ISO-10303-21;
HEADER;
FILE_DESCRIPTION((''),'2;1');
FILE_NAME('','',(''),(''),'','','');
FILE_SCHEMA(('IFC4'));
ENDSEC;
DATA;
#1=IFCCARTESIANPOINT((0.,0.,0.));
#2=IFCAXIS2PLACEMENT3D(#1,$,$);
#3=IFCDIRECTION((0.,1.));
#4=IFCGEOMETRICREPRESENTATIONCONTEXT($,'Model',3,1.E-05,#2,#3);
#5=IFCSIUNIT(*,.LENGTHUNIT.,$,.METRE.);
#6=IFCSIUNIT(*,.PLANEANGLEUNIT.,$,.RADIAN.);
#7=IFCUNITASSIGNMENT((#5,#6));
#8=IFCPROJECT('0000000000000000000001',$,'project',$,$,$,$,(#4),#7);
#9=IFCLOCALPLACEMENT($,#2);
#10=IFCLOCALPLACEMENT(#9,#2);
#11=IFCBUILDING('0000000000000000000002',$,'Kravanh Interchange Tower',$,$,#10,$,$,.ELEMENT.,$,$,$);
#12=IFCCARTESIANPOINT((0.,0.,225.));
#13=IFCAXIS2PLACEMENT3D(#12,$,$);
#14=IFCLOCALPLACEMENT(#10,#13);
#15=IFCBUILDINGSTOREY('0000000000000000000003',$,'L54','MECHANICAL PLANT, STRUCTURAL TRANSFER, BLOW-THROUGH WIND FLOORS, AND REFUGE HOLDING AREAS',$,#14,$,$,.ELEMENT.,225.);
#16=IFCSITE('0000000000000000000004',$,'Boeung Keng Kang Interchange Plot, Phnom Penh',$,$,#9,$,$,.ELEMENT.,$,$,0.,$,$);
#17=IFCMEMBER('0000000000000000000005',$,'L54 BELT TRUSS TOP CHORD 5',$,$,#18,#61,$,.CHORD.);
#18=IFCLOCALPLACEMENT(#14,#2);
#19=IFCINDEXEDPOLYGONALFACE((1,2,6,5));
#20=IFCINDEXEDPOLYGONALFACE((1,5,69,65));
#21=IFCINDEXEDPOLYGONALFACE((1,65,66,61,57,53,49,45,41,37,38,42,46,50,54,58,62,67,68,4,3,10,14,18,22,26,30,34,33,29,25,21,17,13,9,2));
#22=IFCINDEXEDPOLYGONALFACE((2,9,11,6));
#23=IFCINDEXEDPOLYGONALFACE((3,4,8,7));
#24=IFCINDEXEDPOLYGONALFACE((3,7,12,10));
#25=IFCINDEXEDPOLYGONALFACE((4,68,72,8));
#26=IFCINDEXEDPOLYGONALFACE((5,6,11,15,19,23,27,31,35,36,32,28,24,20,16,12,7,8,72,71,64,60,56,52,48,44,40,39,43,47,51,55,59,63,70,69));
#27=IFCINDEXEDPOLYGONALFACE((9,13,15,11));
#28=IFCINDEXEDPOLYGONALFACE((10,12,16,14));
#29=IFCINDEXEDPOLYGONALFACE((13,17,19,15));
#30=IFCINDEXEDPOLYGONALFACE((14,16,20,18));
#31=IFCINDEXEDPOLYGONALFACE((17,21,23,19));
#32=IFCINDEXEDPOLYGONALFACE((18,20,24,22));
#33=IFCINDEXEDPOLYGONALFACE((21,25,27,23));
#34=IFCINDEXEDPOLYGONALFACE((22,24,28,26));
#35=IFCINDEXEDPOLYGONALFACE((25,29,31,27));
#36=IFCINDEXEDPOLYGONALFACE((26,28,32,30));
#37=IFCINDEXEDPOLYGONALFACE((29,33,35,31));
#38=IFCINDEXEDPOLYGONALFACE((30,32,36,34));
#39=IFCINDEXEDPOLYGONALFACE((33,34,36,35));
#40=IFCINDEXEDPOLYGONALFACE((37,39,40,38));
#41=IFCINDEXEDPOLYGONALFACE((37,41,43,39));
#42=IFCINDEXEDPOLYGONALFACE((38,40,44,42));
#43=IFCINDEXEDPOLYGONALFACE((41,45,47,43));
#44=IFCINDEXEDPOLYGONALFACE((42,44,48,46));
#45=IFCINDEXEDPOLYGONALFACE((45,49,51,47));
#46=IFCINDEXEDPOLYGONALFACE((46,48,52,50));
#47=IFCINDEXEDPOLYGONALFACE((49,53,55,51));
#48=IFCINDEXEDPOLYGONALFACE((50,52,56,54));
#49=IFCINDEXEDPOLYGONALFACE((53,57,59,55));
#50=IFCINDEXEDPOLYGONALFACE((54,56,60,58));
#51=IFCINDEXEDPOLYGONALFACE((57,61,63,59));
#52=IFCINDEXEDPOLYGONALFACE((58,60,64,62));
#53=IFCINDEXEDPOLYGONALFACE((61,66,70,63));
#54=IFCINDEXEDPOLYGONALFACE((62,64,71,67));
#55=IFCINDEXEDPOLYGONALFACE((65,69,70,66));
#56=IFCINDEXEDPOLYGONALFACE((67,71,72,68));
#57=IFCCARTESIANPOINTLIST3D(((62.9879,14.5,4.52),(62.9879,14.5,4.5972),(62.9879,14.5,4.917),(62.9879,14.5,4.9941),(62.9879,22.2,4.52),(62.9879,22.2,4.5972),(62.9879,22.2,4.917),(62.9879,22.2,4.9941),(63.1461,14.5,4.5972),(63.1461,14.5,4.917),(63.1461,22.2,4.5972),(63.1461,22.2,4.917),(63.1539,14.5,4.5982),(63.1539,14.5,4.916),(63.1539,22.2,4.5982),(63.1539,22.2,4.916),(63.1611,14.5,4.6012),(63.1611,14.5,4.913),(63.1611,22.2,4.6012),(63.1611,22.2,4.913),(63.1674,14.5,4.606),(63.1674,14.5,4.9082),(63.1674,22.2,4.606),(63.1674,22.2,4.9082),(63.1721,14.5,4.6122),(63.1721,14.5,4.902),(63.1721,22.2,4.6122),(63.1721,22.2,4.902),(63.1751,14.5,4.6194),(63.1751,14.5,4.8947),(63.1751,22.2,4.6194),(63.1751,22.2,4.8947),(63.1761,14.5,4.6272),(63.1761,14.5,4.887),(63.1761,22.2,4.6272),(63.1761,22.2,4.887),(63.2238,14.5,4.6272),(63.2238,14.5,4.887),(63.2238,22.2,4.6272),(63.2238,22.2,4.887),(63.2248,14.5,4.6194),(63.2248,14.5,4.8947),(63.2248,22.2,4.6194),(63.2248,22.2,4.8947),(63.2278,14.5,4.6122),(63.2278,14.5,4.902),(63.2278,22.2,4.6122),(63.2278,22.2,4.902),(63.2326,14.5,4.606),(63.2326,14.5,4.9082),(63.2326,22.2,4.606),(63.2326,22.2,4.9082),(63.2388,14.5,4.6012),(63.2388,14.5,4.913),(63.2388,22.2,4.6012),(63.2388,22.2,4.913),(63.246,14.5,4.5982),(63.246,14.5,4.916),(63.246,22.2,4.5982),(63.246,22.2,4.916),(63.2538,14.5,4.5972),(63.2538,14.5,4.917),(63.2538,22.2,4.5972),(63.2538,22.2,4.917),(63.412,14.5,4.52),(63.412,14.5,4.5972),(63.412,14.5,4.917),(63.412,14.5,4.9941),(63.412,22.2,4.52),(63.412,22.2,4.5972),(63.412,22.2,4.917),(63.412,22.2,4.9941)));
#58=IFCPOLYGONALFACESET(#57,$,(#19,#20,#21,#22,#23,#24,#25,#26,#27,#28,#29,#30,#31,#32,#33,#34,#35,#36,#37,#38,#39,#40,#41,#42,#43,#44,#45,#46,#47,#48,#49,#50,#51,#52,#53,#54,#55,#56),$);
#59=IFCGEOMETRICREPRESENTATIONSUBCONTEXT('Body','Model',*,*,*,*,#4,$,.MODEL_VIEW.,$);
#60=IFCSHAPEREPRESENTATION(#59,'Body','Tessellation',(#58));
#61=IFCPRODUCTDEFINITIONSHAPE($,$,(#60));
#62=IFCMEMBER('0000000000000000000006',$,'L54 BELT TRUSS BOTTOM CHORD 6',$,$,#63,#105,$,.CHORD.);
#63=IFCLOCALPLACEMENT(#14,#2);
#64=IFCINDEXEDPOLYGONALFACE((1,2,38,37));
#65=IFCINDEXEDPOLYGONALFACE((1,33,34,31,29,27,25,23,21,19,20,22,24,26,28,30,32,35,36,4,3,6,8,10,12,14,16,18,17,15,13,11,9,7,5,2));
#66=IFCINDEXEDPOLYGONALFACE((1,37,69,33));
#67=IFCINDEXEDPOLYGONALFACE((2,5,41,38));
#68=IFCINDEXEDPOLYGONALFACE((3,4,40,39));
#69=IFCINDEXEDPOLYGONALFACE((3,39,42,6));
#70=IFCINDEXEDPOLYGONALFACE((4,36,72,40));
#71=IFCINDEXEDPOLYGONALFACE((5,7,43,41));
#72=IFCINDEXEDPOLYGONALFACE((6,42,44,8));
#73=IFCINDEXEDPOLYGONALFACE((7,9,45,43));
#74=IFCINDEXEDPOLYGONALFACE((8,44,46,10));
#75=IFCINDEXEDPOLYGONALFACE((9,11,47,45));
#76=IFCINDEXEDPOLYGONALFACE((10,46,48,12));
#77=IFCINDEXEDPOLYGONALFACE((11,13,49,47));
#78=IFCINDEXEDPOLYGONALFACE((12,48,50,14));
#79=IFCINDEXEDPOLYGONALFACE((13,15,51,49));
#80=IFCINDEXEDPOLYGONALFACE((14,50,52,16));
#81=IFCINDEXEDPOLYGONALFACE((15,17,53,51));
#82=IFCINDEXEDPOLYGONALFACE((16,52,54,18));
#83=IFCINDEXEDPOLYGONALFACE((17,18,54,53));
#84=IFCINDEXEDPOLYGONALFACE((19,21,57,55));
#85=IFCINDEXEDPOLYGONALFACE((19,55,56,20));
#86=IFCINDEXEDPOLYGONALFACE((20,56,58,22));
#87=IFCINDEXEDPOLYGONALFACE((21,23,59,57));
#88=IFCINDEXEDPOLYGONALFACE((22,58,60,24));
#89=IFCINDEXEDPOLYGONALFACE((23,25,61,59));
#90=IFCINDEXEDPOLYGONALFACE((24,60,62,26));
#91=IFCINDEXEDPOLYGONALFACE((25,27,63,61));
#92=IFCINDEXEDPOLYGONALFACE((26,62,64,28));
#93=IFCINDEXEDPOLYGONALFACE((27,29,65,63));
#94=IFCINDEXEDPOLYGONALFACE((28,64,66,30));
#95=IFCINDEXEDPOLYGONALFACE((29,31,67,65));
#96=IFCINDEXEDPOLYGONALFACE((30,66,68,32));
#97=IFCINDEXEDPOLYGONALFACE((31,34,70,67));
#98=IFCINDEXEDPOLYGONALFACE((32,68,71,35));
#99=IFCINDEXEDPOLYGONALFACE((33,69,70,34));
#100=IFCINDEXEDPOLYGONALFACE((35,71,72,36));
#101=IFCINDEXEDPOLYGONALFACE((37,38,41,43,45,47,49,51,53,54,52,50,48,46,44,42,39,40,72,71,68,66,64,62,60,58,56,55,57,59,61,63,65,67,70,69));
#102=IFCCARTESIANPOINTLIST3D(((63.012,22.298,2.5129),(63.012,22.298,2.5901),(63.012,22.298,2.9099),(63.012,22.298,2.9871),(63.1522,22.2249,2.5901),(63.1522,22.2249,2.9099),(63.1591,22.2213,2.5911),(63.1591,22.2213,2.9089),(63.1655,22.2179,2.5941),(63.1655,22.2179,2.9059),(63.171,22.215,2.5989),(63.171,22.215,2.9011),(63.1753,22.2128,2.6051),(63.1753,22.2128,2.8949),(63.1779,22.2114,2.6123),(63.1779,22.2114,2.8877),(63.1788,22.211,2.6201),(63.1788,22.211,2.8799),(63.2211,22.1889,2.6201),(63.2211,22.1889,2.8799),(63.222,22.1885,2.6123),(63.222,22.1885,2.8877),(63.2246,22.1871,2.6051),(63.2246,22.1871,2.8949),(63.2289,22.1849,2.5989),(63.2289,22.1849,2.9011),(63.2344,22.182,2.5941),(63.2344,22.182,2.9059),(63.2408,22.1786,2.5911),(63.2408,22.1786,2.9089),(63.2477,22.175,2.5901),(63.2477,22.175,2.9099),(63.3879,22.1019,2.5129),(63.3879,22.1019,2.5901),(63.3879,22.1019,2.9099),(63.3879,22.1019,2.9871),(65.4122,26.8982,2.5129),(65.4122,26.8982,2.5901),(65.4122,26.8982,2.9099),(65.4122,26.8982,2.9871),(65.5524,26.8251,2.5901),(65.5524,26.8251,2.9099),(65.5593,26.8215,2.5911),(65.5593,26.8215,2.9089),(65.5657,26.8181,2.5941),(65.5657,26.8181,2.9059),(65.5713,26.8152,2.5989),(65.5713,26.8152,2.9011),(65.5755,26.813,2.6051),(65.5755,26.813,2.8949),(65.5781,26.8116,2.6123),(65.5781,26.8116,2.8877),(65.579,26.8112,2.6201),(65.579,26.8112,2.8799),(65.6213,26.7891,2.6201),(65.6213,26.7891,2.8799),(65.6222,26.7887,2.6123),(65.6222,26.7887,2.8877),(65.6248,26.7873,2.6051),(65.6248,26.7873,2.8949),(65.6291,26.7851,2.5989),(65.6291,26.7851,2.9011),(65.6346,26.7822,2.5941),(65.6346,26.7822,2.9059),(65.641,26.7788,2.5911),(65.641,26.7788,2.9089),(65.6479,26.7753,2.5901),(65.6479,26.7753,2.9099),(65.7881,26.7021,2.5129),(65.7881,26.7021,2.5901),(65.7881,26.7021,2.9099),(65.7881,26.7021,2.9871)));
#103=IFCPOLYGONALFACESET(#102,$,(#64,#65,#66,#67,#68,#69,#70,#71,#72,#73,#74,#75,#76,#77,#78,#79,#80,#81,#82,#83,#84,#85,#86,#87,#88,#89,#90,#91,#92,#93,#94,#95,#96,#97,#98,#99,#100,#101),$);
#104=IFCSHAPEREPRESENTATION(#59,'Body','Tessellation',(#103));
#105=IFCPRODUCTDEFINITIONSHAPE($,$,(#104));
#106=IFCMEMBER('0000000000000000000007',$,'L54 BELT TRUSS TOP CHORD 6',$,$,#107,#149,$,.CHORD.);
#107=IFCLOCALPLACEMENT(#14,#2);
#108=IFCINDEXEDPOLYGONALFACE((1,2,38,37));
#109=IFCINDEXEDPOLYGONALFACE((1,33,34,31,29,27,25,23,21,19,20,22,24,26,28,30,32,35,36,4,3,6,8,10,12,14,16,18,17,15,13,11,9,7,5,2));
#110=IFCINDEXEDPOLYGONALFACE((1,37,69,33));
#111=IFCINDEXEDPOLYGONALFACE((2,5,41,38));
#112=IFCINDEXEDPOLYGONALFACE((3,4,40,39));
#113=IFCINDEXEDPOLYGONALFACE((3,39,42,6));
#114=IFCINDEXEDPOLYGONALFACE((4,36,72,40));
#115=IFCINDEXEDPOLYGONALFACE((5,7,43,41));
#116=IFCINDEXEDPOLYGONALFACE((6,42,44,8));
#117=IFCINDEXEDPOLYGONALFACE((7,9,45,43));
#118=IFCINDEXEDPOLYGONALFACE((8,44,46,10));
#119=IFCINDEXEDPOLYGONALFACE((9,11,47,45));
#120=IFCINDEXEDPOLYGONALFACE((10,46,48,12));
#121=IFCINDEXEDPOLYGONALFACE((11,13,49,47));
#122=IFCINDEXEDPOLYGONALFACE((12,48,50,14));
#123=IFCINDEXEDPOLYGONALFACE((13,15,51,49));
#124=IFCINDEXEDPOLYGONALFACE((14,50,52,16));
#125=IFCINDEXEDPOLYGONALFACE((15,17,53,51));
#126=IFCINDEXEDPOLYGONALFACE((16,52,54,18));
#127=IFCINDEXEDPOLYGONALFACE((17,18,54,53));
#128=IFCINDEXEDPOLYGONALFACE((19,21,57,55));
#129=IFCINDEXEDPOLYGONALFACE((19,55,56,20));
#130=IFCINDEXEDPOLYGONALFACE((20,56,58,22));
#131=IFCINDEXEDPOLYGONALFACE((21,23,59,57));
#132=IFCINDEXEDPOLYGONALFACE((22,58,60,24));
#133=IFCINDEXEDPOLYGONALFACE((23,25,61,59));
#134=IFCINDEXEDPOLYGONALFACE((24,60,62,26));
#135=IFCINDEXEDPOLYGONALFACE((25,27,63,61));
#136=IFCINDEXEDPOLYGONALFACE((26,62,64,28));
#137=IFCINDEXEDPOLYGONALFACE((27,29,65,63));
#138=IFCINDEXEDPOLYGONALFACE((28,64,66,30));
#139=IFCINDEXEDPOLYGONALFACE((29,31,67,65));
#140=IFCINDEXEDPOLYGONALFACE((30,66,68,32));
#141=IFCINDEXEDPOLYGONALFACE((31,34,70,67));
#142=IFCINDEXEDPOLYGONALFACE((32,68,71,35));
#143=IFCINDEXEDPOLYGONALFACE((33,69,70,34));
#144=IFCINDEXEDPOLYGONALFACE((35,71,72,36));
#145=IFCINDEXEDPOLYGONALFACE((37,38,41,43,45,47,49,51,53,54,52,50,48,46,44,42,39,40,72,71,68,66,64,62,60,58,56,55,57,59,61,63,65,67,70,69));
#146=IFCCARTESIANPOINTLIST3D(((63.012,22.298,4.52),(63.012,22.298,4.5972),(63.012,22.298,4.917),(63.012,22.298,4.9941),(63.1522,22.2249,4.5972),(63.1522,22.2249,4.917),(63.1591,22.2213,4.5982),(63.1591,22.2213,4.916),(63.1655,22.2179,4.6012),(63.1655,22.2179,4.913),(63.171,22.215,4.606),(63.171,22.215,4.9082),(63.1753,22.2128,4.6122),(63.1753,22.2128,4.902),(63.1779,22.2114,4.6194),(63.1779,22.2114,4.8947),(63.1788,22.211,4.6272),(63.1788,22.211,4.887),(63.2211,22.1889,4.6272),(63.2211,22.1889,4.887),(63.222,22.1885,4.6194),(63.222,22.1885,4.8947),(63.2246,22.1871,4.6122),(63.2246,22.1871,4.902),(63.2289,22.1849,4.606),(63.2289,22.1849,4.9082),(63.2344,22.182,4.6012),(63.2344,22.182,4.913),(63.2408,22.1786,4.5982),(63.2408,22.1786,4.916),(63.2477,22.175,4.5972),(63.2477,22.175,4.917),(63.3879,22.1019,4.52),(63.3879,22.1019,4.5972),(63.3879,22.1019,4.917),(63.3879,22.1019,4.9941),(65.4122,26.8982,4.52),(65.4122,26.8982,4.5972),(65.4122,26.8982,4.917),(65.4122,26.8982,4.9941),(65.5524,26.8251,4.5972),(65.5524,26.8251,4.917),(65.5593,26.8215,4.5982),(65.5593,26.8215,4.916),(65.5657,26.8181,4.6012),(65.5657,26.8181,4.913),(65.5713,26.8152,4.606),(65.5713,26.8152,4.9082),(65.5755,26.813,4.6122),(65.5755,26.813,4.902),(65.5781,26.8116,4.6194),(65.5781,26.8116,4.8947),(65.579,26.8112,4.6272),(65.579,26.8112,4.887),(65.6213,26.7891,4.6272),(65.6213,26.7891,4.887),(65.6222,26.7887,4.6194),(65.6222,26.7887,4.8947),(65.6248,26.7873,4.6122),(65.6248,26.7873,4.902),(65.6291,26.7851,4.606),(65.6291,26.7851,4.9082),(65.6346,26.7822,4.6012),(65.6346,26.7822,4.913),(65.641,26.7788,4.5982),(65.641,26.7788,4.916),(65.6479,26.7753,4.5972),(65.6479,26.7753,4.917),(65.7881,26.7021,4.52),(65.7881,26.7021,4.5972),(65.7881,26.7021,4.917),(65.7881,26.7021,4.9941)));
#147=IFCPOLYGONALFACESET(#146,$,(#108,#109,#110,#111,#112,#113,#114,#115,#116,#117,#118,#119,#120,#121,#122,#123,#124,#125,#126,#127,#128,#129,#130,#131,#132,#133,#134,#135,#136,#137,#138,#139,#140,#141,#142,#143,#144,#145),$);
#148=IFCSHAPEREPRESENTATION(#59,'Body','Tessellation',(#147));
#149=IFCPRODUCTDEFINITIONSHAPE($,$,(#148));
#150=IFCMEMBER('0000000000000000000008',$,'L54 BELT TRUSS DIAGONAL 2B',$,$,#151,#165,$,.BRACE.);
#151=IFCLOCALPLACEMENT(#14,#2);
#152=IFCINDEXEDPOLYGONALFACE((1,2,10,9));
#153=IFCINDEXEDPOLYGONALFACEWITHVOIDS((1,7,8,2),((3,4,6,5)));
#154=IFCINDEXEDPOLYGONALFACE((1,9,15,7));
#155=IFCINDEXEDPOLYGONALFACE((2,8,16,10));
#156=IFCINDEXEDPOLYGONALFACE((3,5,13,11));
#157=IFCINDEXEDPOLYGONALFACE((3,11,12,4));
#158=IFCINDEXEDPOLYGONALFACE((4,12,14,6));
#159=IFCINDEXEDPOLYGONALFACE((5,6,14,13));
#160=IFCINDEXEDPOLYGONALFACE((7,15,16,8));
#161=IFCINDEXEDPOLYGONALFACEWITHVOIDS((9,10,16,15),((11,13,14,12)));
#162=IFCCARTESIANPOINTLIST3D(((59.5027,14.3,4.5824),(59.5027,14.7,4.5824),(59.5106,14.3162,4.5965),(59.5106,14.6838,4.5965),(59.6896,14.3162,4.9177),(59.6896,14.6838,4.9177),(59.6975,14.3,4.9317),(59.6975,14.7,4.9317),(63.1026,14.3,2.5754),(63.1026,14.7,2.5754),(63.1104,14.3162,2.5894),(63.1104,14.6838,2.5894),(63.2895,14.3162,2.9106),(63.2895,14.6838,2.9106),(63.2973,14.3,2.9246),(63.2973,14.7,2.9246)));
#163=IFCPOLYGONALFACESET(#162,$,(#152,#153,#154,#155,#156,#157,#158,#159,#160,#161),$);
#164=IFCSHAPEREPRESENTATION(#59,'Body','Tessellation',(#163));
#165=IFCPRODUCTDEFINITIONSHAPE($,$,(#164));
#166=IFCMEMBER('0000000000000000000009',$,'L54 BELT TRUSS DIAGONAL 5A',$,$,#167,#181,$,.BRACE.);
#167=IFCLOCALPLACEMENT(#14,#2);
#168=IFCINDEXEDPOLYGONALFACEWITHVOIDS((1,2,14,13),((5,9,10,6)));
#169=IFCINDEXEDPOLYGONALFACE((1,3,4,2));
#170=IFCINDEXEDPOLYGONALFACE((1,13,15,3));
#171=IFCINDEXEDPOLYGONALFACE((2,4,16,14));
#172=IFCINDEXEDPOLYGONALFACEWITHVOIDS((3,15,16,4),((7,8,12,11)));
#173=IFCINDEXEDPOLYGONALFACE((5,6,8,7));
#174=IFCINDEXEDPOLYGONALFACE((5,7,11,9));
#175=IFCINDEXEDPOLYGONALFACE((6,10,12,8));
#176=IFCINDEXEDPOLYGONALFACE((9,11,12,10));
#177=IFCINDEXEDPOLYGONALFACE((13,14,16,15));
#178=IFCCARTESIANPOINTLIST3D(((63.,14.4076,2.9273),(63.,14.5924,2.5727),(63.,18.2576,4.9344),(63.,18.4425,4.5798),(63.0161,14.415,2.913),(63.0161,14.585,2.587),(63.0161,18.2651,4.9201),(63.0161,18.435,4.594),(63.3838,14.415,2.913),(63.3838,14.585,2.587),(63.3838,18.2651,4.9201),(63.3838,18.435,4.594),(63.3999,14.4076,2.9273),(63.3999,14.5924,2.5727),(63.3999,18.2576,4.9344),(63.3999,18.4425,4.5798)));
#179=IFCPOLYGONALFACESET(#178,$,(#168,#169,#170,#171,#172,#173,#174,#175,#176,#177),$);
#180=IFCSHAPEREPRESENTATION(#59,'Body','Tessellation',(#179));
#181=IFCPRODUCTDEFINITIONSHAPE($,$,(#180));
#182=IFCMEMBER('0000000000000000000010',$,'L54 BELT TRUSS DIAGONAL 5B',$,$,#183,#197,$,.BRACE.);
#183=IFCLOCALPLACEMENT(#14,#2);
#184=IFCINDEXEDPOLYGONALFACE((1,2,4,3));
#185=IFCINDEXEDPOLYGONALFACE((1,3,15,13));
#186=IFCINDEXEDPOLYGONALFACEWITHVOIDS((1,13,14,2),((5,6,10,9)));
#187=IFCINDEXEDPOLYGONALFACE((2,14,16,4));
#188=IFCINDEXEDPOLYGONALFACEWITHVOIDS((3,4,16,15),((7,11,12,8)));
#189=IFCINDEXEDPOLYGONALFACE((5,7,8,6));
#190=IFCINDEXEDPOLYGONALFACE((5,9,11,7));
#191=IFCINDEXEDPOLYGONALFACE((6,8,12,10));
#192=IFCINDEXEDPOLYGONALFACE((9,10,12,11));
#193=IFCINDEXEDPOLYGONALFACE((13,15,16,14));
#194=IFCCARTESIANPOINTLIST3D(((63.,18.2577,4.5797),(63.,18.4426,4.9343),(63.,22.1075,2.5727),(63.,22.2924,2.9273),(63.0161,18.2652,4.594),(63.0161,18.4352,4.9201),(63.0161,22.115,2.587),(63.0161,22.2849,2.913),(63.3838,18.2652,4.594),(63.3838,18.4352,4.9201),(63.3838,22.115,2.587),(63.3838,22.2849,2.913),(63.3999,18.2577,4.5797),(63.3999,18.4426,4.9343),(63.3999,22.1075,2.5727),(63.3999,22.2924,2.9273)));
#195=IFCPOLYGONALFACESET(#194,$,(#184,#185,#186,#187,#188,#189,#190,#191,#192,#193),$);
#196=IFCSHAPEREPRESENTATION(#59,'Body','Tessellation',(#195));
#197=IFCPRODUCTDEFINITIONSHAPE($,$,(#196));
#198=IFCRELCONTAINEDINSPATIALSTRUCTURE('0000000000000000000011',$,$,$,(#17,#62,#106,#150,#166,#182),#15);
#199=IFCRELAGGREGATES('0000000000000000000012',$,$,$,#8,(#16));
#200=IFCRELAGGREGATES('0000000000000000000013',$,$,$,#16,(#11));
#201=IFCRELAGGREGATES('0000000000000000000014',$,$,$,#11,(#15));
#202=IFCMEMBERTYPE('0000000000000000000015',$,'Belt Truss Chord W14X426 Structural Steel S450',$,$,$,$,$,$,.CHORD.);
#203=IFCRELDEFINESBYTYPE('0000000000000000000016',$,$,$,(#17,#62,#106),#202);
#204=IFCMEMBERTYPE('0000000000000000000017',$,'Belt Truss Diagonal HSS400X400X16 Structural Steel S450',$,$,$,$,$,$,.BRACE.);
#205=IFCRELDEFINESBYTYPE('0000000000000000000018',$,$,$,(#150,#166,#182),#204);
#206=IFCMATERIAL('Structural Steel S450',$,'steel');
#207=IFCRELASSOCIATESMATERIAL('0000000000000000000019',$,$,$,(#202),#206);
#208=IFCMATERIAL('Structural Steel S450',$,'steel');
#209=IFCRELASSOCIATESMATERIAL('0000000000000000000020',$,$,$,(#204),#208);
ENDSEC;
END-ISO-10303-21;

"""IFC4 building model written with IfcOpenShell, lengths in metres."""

from ifc_helpers import new_model, si_unit, direction, frame, origin, origin_2d, place, context, subcontext, project, spatial, hollow_rectangle, i_section, extrude, material, material_profile, profile_set, type_object, element, save


model = new_model("IFC4")

# Units and contexts
model_context = context("Model", 3, precision=1e-05, world=origin(), true_north=direction((0.0, 1.0)))
body_context = subcontext(model_context, "Body", "Model", "MODEL_VIEW")
ifc_project = project(units=[si_unit("LENGTHUNIT", "METRE"), si_unit("PLANEANGLEUNIT", "RADIAN")], contexts=[model_context])

# Site, building, storey
site_placement = place(None, origin())
site = spatial("IfcSite", under=ifc_project, at=site_placement, Name="Boeung Keng Kang Interchange Plot, Phnom Penh", CompositionType="ELEMENT", RefElevation=0.0)
building_placement = place(site_placement, origin())
building = spatial("IfcBuilding", under=site, at=building_placement, Name="Kravanh Interchange Tower", CompositionType="ELEMENT")
storey_placement = place(building_placement, frame((0.0, 0.0, 225.0)))
storey = spatial("IfcBuildingStorey", under=building, at=storey_placement, Name="L54", Description="MECHANICAL PLANT, STRUCTURAL TRANSFER, BLOW-THROUGH WIND FLOORS, AND REFUGE HOLDING AREAS", CompositionType="ELEMENT", Elevation=225.0)

# Members
ifc_material_1 = material(Name="Structural Steel S450", Category="steel")
ifc_material_profile_1 = material_profile(ifc_material_1, i_section(OverallWidth=0.4241, OverallDepth=0.4741, WebThickness=0.0476, FlangeThickness=0.0771, FilletRadius=0.03, at=origin_2d()), Name="W14X426")
ifc_profile_set_1 = profile_set([ifc_material_profile_1], Name="Structural Steel S450")
member_type_1 = type_object("IfcMemberType", Name="Belt Truss Chord W14X426 Structural Steel S450", PredefinedType="CHORD", material=ifc_profile_set_1)
for number, where, z_axis, x_axis, name in (
    (1, (63.2, 14.5, 4.7571), (0.0, 1.0, 0.0), (-1.0, 0.0, 0.0), "L54 BELT TRUSS TOP CHORD 5"),
):
    element("IfcMember", number, at=place(storey_placement, frame(where, z_axis=z_axis, x_axis=x_axis)), inside=storey, type_object=member_type_1, Name=name, PredefinedType="CHORD", context=body_context, shape_type="SweptSolid", body=[
        extrude(i_section(OverallWidth=0.4241, OverallDepth=0.4741, WebThickness=0.0476, FlangeThickness=0.0771, FilletRadius=0.03, at=origin_2d()), origin(), (0.0, 0.0, 1.0), 7.7),
    ])
for number, where, z_axis, x_axis, name in (
    (2, (63.2, 22.2, 2.75), (0.46258, 0.886577, 0.0), (-0.886577, 0.46258, 0.0), "L54 BELT TRUSS BOTTOM CHORD 6"),
    (3, (63.2, 22.2, 4.7571), (0.46258, 0.886577, 0.0), (-0.886577, 0.46258, 0.0), "L54 BELT TRUSS TOP CHORD 6"),
):
    element("IfcMember", number, at=place(storey_placement, frame(where, z_axis=z_axis, x_axis=x_axis)), inside=storey, type_object=member_type_1, Name=name, PredefinedType="CHORD", context=body_context, shape_type="SweptSolid", body=[
        extrude(i_section(OverallWidth=0.4241, OverallDepth=0.4741, WebThickness=0.0476, FlangeThickness=0.0771, FilletRadius=0.03, at=origin_2d()), origin(), (0.0, 0.0, 1.0), 5.1887),
    ])
ifc_material_2 = material(Name="Structural Steel S450", Category="steel")
ifc_material_profile_2 = material_profile(ifc_material_2, hollow_rectangle(XDim=0.3999, YDim=0.3999, WallThickness=0.0161, at=origin_2d()), Name="HSS400X400X16")
ifc_profile_set_2 = profile_set([ifc_material_profile_2], Name="Structural Steel S450")
member_type_2 = type_object("IfcMemberType", Name="Belt Truss Diagonal HSS400X400X16 Structural Steel S450", PredefinedType="BRACE", material=ifc_profile_set_2)
member_1_placement = place(storey_placement, frame((63.2, 14.5, 2.75), z_axis=(-0.873419, 0.0, 0.48697), x_axis=(0.0, -1.0, 0.0)))
element("IfcMember", 4, at=member_1_placement, inside=storey, type_object=member_type_2, Name="L54 BELT TRUSS DIAGONAL 2B", PredefinedType="BRACE", context=body_context, shape_type="SweptSolid", body=[
    extrude(hollow_rectangle(XDim=0.3999, YDim=0.3999, WallThickness=0.0161, at=origin_2d()), origin(), (0.0, 0.0, 1.0), 4.1216),
])
member_2_placement = place(storey_placement, frame((63.2, 14.5, 2.75), z_axis=(0.0, 0.886742, 0.462264), x_axis=(-1.0, 0.0, 0.0)))
element("IfcMember", 5, at=member_2_placement, inside=storey, type_object=member_type_2, Name="L54 BELT TRUSS DIAGONAL 5A", PredefinedType="BRACE", context=body_context, shape_type="SweptSolid", body=[
    extrude(hollow_rectangle(XDim=0.3999, YDim=0.3999, WallThickness=0.0161, at=origin_2d()), origin(), (0.0, 0.0, 1.0), 4.3418),
])
member_3_placement = place(storey_placement, frame((63.2, 22.2, 2.75), z_axis=(0.0, -0.88673, 0.462287), x_axis=(1.0, 0.0, 0.0)))
element("IfcMember", 6, at=member_3_placement, inside=storey, type_object=member_type_2, Name="L54 BELT TRUSS DIAGONAL 5B", PredefinedType="BRACE", context=body_context, shape_type="SweptSolid", body=[
    extrude(hollow_rectangle(XDim=0.3999, YDim=0.3999, WallThickness=0.0161, at=origin_2d()), origin(), (0.0, 0.0, 1.0), 4.3416),
])

save(model, "model.ifc")
